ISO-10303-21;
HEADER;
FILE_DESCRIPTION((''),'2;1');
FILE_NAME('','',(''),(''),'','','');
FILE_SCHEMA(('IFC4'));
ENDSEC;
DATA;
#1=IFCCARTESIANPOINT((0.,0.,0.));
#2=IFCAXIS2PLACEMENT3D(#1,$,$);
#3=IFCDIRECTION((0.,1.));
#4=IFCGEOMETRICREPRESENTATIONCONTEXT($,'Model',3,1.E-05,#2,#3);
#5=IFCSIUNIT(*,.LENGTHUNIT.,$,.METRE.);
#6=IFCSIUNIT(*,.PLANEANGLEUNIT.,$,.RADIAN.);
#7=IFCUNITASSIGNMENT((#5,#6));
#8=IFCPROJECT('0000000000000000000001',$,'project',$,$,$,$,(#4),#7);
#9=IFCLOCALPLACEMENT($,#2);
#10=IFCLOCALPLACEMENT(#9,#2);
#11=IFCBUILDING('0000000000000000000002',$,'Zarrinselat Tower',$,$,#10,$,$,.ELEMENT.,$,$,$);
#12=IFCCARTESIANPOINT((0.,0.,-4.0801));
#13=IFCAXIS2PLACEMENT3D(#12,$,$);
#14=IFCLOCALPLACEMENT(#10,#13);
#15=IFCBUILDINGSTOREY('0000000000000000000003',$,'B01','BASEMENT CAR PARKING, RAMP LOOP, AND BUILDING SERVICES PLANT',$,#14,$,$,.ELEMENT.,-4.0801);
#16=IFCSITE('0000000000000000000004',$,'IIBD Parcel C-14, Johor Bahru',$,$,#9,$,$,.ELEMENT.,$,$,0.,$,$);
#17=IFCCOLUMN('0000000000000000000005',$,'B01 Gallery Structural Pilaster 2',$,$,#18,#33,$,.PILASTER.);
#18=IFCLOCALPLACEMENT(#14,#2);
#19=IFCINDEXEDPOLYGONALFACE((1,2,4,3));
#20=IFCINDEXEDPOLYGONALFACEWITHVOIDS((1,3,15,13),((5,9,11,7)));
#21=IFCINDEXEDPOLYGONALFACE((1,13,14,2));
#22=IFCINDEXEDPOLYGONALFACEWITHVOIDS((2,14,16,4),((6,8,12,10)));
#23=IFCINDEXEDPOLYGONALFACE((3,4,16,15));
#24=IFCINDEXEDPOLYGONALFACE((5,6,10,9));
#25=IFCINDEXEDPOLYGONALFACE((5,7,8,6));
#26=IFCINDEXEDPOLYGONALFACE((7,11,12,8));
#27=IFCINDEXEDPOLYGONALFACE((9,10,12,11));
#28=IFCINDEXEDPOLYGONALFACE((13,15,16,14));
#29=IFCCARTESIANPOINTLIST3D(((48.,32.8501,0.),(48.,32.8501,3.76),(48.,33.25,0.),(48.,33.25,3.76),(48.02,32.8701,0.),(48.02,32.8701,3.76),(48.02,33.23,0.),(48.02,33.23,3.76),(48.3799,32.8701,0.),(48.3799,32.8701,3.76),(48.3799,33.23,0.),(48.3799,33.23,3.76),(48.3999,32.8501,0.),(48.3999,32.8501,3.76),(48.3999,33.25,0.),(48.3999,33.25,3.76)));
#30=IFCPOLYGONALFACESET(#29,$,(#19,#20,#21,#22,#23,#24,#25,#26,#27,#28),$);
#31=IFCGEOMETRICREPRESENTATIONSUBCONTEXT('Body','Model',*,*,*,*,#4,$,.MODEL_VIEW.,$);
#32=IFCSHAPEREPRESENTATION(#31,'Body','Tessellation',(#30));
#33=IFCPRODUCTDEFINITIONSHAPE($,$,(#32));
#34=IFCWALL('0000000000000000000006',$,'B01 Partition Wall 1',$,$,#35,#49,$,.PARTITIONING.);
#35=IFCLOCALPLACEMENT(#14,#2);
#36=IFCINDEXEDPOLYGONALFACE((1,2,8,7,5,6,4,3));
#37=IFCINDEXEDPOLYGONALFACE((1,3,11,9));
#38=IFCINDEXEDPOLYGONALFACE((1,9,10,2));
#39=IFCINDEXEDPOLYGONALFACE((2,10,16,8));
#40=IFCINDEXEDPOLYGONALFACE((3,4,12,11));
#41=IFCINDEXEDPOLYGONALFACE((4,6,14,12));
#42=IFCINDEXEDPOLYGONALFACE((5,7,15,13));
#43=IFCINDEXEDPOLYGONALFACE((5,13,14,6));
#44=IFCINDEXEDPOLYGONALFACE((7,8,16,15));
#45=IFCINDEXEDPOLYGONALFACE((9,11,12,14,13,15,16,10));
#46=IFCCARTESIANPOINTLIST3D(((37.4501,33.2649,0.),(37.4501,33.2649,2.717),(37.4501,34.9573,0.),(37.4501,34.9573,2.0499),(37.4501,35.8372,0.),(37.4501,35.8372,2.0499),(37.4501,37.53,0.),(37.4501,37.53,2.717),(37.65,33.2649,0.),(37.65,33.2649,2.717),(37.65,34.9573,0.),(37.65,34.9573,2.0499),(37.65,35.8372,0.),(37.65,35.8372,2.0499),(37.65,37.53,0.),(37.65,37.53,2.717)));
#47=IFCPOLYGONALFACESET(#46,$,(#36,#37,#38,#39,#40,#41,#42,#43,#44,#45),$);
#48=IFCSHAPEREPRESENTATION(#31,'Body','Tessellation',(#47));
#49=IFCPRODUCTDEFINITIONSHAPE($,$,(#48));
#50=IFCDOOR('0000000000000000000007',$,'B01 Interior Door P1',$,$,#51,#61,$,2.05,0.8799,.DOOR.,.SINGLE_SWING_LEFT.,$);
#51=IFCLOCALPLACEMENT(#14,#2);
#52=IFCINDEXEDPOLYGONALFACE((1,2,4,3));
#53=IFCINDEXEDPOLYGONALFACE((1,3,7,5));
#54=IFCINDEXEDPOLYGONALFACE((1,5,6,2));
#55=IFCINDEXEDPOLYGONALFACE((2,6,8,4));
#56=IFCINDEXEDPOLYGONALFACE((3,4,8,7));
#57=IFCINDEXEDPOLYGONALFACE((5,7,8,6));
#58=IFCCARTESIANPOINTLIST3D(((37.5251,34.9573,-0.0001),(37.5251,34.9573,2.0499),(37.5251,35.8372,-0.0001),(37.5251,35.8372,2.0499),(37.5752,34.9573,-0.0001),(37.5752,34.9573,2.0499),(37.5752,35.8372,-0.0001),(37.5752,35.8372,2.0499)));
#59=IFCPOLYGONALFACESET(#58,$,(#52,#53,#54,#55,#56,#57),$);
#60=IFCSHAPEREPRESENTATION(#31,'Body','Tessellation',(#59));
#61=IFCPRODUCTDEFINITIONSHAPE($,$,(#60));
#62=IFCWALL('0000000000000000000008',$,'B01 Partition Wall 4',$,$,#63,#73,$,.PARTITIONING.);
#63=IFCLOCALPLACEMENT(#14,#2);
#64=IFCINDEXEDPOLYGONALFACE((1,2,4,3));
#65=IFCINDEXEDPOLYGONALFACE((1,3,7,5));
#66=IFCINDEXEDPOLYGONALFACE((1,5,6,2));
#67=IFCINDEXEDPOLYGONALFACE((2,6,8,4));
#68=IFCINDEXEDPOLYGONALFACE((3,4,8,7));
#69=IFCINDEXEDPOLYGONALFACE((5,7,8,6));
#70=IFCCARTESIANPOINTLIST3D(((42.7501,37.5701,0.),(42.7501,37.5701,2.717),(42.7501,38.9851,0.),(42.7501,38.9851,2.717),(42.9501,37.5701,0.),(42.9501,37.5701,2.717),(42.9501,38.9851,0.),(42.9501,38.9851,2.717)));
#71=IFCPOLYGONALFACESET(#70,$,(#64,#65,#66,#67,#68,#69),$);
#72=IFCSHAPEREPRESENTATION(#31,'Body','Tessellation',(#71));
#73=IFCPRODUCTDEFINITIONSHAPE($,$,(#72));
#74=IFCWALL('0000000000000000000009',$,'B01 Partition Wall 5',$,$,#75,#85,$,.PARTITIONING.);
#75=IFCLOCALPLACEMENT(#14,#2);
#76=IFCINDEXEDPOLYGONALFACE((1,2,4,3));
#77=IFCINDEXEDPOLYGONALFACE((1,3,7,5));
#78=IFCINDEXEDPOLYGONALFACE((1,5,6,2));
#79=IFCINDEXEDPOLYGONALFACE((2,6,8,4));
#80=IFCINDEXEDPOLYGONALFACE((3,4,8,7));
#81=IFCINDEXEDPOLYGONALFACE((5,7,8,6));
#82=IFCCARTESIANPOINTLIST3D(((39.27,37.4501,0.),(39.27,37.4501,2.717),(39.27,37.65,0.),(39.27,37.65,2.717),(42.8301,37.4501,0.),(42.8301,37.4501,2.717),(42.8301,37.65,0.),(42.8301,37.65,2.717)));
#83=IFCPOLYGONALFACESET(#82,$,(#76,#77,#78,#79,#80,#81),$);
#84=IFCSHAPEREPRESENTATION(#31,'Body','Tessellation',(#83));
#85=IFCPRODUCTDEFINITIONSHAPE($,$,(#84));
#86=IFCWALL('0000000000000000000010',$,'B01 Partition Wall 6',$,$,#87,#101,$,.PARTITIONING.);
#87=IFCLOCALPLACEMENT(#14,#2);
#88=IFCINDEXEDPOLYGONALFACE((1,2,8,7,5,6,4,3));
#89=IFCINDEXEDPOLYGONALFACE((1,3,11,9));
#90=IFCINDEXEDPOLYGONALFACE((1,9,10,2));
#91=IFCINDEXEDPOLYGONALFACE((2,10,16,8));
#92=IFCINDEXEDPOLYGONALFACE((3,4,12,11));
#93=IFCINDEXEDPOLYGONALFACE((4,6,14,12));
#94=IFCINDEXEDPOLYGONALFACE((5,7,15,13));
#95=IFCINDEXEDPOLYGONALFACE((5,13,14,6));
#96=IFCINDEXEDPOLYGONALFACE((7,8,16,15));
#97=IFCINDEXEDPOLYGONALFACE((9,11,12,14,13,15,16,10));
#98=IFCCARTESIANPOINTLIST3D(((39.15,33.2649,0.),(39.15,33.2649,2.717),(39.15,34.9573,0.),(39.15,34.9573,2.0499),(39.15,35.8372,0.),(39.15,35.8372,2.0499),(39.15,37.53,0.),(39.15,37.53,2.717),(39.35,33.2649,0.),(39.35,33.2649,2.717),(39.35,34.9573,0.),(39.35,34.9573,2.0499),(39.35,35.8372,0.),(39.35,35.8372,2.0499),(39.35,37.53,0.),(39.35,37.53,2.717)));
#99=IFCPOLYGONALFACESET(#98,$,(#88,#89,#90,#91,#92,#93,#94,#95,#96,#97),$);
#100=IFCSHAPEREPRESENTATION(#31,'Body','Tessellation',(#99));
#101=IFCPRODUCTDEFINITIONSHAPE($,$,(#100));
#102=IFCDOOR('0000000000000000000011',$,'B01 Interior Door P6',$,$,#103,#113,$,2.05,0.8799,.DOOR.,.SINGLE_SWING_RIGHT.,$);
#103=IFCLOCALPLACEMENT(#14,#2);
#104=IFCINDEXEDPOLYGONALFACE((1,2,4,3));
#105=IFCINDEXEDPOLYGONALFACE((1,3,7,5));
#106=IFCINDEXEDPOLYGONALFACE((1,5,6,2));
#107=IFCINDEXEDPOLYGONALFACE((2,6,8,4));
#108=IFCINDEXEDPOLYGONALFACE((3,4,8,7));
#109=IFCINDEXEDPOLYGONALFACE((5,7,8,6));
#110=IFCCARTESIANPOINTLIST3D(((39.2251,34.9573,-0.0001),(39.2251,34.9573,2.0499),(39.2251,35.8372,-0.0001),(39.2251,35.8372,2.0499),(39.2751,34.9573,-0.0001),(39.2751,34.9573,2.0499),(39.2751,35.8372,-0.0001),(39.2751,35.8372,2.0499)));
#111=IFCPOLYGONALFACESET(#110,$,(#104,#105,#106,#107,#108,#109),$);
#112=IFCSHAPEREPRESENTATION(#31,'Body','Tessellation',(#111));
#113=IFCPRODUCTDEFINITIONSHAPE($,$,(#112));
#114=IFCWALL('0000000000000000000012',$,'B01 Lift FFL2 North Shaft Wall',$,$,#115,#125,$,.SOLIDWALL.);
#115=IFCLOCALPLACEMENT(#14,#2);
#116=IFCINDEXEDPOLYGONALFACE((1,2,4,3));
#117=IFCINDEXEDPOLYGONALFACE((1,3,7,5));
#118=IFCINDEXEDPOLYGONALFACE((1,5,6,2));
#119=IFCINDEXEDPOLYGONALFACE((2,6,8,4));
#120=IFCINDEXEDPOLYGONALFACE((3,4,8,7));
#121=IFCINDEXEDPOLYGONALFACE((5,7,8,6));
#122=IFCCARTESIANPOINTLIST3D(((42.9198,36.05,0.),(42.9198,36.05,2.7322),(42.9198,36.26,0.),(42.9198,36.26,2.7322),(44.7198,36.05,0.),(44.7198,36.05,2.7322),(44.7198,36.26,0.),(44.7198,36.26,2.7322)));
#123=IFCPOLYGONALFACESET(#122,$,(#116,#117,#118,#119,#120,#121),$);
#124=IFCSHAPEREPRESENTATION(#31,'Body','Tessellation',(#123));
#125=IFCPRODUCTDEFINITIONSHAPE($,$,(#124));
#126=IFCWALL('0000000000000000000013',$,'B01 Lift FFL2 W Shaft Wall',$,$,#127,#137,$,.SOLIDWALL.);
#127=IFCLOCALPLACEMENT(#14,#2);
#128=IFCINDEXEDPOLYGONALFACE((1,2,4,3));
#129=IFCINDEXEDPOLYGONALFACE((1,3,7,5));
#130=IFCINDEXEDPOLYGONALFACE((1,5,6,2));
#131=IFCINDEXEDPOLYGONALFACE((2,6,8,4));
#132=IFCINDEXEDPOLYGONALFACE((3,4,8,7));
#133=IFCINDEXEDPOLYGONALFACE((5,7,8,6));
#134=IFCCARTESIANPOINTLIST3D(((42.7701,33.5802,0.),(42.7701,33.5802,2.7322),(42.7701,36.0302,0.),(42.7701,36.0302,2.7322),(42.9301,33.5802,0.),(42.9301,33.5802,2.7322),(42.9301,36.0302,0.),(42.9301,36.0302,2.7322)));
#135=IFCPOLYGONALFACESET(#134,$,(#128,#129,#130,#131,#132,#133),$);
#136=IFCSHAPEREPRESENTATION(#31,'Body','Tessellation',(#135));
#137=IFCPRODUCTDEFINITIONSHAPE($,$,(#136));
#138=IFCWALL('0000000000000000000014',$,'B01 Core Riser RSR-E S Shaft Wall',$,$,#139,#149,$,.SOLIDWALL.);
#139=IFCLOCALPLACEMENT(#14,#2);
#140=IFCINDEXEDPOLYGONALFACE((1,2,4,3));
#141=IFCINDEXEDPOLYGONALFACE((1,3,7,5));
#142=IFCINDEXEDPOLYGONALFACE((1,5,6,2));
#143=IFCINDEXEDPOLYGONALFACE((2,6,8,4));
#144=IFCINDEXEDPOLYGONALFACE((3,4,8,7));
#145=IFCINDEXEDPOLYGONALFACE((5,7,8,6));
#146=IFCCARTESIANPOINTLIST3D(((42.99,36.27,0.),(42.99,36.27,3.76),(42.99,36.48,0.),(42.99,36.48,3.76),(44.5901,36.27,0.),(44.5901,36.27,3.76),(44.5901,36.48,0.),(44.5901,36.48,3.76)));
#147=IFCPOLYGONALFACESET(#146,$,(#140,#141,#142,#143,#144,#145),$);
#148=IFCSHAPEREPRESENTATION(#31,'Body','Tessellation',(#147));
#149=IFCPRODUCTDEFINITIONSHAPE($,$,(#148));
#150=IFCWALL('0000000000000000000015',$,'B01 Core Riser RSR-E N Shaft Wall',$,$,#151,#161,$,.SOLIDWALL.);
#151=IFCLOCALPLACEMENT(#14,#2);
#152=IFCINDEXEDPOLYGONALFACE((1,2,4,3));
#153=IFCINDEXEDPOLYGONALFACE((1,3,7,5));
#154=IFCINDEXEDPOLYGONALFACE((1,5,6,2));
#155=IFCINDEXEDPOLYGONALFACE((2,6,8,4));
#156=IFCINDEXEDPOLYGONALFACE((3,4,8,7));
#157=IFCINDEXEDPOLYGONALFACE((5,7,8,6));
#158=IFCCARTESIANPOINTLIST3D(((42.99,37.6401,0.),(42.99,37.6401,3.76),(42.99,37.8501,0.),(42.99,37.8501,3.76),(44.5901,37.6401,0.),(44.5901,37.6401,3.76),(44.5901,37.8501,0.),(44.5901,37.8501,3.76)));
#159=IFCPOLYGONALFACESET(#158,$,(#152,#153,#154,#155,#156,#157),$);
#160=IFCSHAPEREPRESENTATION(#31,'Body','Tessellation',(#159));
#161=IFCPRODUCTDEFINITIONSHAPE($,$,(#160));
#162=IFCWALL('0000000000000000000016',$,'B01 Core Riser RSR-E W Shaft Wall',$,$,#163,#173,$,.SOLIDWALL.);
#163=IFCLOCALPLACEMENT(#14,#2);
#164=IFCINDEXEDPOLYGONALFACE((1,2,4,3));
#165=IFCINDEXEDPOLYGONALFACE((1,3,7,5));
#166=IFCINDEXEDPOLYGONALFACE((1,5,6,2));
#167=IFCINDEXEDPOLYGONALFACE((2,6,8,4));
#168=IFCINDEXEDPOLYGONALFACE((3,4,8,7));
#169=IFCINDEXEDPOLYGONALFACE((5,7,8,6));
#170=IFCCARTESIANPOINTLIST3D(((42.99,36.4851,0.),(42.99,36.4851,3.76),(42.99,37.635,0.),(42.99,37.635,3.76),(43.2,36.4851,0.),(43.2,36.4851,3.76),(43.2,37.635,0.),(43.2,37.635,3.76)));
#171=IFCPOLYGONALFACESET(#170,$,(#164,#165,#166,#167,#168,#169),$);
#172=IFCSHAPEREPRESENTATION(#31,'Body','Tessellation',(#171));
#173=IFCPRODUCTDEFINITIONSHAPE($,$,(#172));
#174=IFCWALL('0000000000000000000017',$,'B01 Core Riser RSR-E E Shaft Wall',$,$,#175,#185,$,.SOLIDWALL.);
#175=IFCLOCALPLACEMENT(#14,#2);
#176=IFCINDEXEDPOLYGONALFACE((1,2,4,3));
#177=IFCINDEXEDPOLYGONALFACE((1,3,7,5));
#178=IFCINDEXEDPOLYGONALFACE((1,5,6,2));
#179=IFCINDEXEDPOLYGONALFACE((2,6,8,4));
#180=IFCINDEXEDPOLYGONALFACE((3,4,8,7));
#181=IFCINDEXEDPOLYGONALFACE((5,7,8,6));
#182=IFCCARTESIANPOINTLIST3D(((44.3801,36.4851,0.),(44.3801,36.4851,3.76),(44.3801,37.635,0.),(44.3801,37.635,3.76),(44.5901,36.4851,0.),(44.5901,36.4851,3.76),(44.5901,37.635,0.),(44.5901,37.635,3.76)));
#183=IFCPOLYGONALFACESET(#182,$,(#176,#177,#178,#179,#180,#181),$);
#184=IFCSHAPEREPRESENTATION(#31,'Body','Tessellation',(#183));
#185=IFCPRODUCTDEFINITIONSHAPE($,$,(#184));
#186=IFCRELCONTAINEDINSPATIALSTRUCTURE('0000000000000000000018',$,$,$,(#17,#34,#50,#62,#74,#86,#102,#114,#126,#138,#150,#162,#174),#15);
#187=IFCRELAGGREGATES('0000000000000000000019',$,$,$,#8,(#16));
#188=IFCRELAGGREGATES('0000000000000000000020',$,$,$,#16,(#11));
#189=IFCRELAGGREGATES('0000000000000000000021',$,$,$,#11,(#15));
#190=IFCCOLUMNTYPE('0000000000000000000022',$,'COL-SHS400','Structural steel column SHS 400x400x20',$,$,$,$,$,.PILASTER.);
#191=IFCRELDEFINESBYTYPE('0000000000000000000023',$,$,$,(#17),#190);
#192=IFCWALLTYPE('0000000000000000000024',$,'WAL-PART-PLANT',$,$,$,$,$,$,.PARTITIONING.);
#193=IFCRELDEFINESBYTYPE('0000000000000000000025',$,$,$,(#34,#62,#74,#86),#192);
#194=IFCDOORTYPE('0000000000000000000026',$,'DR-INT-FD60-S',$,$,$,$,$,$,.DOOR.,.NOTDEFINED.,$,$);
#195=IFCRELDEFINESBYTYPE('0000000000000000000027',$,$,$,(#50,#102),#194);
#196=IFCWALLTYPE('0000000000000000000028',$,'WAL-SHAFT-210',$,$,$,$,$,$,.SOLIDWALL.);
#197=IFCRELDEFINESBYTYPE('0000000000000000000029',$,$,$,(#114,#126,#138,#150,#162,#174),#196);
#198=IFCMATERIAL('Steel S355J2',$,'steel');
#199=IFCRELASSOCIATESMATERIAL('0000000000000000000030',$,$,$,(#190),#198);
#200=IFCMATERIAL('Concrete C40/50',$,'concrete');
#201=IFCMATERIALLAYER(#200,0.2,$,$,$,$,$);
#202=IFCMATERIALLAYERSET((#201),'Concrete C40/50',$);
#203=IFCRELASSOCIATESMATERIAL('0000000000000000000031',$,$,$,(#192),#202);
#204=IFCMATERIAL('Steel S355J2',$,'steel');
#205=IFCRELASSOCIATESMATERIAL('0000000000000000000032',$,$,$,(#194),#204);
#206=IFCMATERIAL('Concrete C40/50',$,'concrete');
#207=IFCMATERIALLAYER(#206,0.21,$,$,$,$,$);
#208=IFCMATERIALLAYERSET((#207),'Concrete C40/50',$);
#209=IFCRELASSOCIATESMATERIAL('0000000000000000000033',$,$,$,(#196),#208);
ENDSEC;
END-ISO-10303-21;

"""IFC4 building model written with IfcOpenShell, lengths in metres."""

from ifc_helpers import new_model, si_unit, direction, frame, frame_2d, origin, origin_2d, place, context, subcontext, project, spatial, rectangle, hollow_rectangle, extrude, material, layer, layer_set, material_profile, profile_set, type_object, element, fill, save


model = new_model("IFC4")

# Units and contexts
model_context = context("Model", 3, precision=1e-05, world=origin(), true_north=direction((0.0, 1.0)))
body_context = subcontext(model_context, "Body", "Model", "MODEL_VIEW")
ifc_project = project(units=[si_unit("LENGTHUNIT", "METRE"), si_unit("PLANEANGLEUNIT", "RADIAN")], contexts=[model_context])

# Site, building, storey
site_placement = place(None, origin())
site = spatial("IfcSite", under=ifc_project, at=site_placement, Name="IIBD Parcel C-14, Johor Bahru", CompositionType="ELEMENT", RefElevation=0.0)
building_placement = place(site_placement, origin())
building = spatial("IfcBuilding", under=site, at=building_placement, Name="Zarrinselat Tower", CompositionType="ELEMENT")
storey_placement = place(building_placement, frame((0.0, 0.0, -4.0801)))
storey = spatial("IfcBuildingStorey", under=building, at=storey_placement, Name="B01", Description="BASEMENT CAR PARKING, RAMP LOOP, AND BUILDING SERVICES PLANT", CompositionType="ELEMENT", Elevation=-4.0801)

# Column
ifc_material_1 = material(Name="Steel S355J2", Category="steel")
ifc_material_profile = material_profile(ifc_material_1, hollow_rectangle(XDim=0.3999, YDim=0.3999, WallThickness=0.02, at=origin_2d()), Name="SHS 400x400x20")
ifc_profile_set = profile_set([ifc_material_profile], Name="Steel S355J2")
column_type = type_object("IfcColumnType", Name="COL-SHS400", Description="Structural steel column SHS 400x400x20", PredefinedType="PILASTER", material=ifc_profile_set)
column_placement = place(storey_placement, frame((48.2, 33.05, 0.0), z_axis=(0.0, 0.0, 1.0), x_axis=(1.0, 0.0, 0.0)))
element("IfcColumn", 1, at=column_placement, inside=storey, type_object=column_type, Name="B01 Gallery Structural Pilaster 2", PredefinedType="PILASTER", context=body_context, shape_type="SweptSolid", body=[
    extrude(hollow_rectangle(XDim=0.3999, YDim=0.3999, WallThickness=0.02, at=origin_2d()), origin(), (0.0, 0.0, 1.0), 3.76),
])

# Wall, opening, door
ifc_material_2 = material(Name="Concrete C40/50", Category="concrete")
ifc_layer_1 = layer(ifc_material_2, 0.2)
ifc_layer_set_1 = layer_set([ifc_layer_1], Name="Concrete C40/50")
wall_type_1 = type_object("IfcWallType", Name="WAL-PART-PLANT", PredefinedType="PARTITIONING", material=ifc_layer_set_1)
wall_1_placement = place(storey_placement, frame((37.55, 33.2649, 0.0), z_axis=(0.0, 0.0, 1.0), x_axis=(0.0, 1.0, 0.0)))
wall_1 = element("IfcWall", 2, at=wall_1_placement, inside=storey, type_object=wall_type_1, Name="B01 Partition Wall 1", PredefinedType="PARTITIONING", context=body_context, shape_type="SweptSolid", body=[
    extrude(rectangle(XDim=4.2651, YDim=0.2, at=frame_2d((2.1326, 0.0))), origin(), (0.0, 0.0, 1.0), 2.717),
])
opening_1_placement = place(wall_1_placement, frame((1.6924, 0.0, 0.0)))
opening_1 = element("IfcOpeningElement", 3, at=opening_1_placement, cuts=wall_1, PredefinedType="OPENING", context=body_context, shape_type="SweptSolid", body=[
    extrude(rectangle(XDim=0.8799, YDim=2.05, at=frame_2d((0.4399, 1.0249))), frame((0.0, 0.1099, 0.0), z_axis=(0.0, -1.0, 0.0), x_axis=(1.0, 0.0, 0.0)), (0.0, 0.0, 1.0), 0.22),
])
ifc_material_3 = material(Name="Steel S355J2", Category="steel")
door_type = type_object("IfcDoorType", Name="DR-INT-FD60-S", OperationType="NOTDEFINED", PredefinedType="DOOR", material=ifc_material_3)
door_1_placement = place(opening_1_placement, origin())
door_1 = element("IfcDoor", 4, at=door_1_placement, inside=storey, type_object=door_type, Name="B01 Interior Door P1", OperationType="SINGLE_SWING_LEFT", OverallHeight=2.05, OverallWidth=0.8799, PredefinedType="DOOR", context=body_context, shape_type="SweptSolid", body=[
    extrude(rectangle(XDim=0.8799, YDim=2.05, at=frame_2d((0.4399, 1.0249))), frame((0.0, 0.0249, 0.0), z_axis=(0.0, -1.0, 0.0), x_axis=(1.0, 0.0, 0.0)), (0.0, 0.0, 1.0), 0.05),
])
fill(opening_1, door_1)

# Walls
wall_2_placement = place(storey_placement, frame((42.8501, 37.5701, 0.0), z_axis=(0.0, 0.0, 1.0), x_axis=(0.0, 1.0, 0.0)))
element("IfcWall", 5, at=wall_2_placement, inside=storey, type_object=wall_type_1, Name="B01 Partition Wall 4", PredefinedType="PARTITIONING", context=body_context, shape_type="SweptSolid", body=[
    extrude(rectangle(XDim=1.415, YDim=0.2, at=frame_2d((0.7075, 0.0))), origin(), (0.0, 0.0, 1.0), 2.717),
])
wall_3_placement = place(storey_placement, frame((39.27, 37.55, 0.0), z_axis=(0.0, 0.0, 1.0), x_axis=(1.0, 0.0, 0.0)))
element("IfcWall", 6, at=wall_3_placement, inside=storey, type_object=wall_type_1, Name="B01 Partition Wall 5", PredefinedType="PARTITIONING", context=body_context, shape_type="SweptSolid", body=[
    extrude(rectangle(XDim=3.5601, YDim=0.2, at=frame_2d((1.78, 0.0))), origin(), (0.0, 0.0, 1.0), 2.717),
])

# Wall, opening, door
wall_4_placement = place(storey_placement, frame((39.25, 33.2649, 0.0), z_axis=(0.0, 0.0, 1.0), x_axis=(0.0, 1.0, 0.0)))
wall_4 = element("IfcWall", 7, at=wall_4_placement, inside=storey, type_object=wall_type_1, Name="B01 Partition Wall 6", PredefinedType="PARTITIONING", context=body_context, shape_type="SweptSolid", body=[
    extrude(rectangle(XDim=4.2651, YDim=0.2, at=frame_2d((2.1326, 0.0))), origin(), (0.0, 0.0, 1.0), 2.717),
])
opening_2_placement = place(wall_4_placement, frame((1.6924, 0.0, 0.0)))
opening_2 = element("IfcOpeningElement", 8, at=opening_2_placement, cuts=wall_4, PredefinedType="OPENING", context=body_context, shape_type="SweptSolid", body=[
    extrude(rectangle(XDim=0.8799, YDim=2.05, at=frame_2d((0.4399, 1.0249))), frame((0.0, 0.1099, 0.0), z_axis=(0.0, -1.0, 0.0), x_axis=(1.0, 0.0, 0.0)), (0.0, 0.0, 1.0), 0.22),
])
door_2_placement = place(opening_2_placement, origin())
door_2 = element("IfcDoor", 9, at=door_2_placement, inside=storey, type_object=door_type, Name="B01 Interior Door P6", OperationType="SINGLE_SWING_RIGHT", OverallHeight=2.05, OverallWidth=0.8799, PredefinedType="DOOR", context=body_context, shape_type="SweptSolid", body=[
    extrude(rectangle(XDim=0.8799, YDim=2.05, at=frame_2d((0.4399, 1.0249))), frame((0.0, 0.0249, 0.0), z_axis=(0.0, -1.0, 0.0), x_axis=(1.0, 0.0, 0.0)), (0.0, 0.0, 1.0), 0.05),
])
fill(opening_2, door_2)

# Walls
ifc_material_4 = material(Name="Concrete C40/50", Category="concrete")
ifc_layer_2 = layer(ifc_material_4, 0.21)
ifc_layer_set_2 = layer_set([ifc_layer_2], Name="Concrete C40/50")
wall_type_2 = type_object("IfcWallType", Name="WAL-SHAFT-210", PredefinedType="SOLIDWALL", material=ifc_layer_set_2)
wall_5_placement = place(storey_placement, frame((42.9199, 36.155, 0.0), z_axis=(0.0, 0.0, 1.0), x_axis=(1.0, 0.0, 0.0)))
element("IfcWall", 10, at=wall_5_placement, inside=storey, type_object=wall_type_2, Name="B01 Lift FFL2 North Shaft Wall", PredefinedType="SOLIDWALL", context=body_context, shape_type="SweptSolid", body=[
    extrude(rectangle(XDim=1.8, YDim=0.21, at=frame_2d((0.8999, 0.0))), origin(), (0.0, 0.0, 1.0), 2.7322),
])
wall_6_placement = place(storey_placement, frame((42.8501, 33.5801, 0.0), z_axis=(0.0, 0.0, 1.0), x_axis=(0.0, 1.0, 0.0)))
element("IfcWall", 11, at=wall_6_placement, inside=storey, type_object=wall_type_2, Name="B01 Lift FFL2 W Shaft Wall", PredefinedType="SOLIDWALL", context=body_context, shape_type="SweptSolid", body=[
    extrude(rectangle(XDim=2.45, YDim=0.1599, at=frame_2d((1.2251, 0.0))), origin(), (0.0, 0.0, 1.0), 2.7322),
])
for number, where, z_axis, x_axis, name in (
    (12, (42.99, 36.375, 0.0), (0.0, 0.0, 1.0), (1.0, 0.0, 0.0), "B01 Core Riser RSR-E S Shaft Wall"),
    (13, (42.99, 37.7451, 0.0), (0.0, 0.0, 1.0), (1.0, 0.0, 0.0), "B01 Core Riser RSR-E N Shaft Wall"),
):
    element("IfcWall", number, at=place(storey_placement, frame(where, z_axis=z_axis, x_axis=x_axis)), inside=storey, type_object=wall_type_2, Name=name, PredefinedType="SOLIDWALL", context=body_context, shape_type="SweptSolid", body=[
        extrude(rectangle(XDim=1.6001, YDim=0.21, at=frame_2d((0.8, 0.0))), origin(), (0.0, 0.0, 1.0), 3.76),
    ])
for number, where, z_axis, x_axis, name in (
    (14, (43.095, 36.4851, 0.0), (0.0, 0.0, 1.0), (0.0, 1.0, 0.0), "B01 Core Riser RSR-E W Shaft Wall"),
    (15, (44.4851, 36.4851, 0.0), (0.0, 0.0, 1.0), (0.0, 1.0, 0.0), "B01 Core Riser RSR-E E Shaft Wall"),
):
    element("IfcWall", number, at=place(storey_placement, frame(where, z_axis=z_axis, x_axis=x_axis)), inside=storey, type_object=wall_type_2, Name=name, PredefinedType="SOLIDWALL", context=body_context, shape_type="SweptSolid", body=[
        extrude(rectangle(XDim=1.1499, YDim=0.21, at=frame_2d((0.575, 0.0))), origin(), (0.0, 0.0, 1.0), 3.76),
    ])

save(model, "model.ifc")
